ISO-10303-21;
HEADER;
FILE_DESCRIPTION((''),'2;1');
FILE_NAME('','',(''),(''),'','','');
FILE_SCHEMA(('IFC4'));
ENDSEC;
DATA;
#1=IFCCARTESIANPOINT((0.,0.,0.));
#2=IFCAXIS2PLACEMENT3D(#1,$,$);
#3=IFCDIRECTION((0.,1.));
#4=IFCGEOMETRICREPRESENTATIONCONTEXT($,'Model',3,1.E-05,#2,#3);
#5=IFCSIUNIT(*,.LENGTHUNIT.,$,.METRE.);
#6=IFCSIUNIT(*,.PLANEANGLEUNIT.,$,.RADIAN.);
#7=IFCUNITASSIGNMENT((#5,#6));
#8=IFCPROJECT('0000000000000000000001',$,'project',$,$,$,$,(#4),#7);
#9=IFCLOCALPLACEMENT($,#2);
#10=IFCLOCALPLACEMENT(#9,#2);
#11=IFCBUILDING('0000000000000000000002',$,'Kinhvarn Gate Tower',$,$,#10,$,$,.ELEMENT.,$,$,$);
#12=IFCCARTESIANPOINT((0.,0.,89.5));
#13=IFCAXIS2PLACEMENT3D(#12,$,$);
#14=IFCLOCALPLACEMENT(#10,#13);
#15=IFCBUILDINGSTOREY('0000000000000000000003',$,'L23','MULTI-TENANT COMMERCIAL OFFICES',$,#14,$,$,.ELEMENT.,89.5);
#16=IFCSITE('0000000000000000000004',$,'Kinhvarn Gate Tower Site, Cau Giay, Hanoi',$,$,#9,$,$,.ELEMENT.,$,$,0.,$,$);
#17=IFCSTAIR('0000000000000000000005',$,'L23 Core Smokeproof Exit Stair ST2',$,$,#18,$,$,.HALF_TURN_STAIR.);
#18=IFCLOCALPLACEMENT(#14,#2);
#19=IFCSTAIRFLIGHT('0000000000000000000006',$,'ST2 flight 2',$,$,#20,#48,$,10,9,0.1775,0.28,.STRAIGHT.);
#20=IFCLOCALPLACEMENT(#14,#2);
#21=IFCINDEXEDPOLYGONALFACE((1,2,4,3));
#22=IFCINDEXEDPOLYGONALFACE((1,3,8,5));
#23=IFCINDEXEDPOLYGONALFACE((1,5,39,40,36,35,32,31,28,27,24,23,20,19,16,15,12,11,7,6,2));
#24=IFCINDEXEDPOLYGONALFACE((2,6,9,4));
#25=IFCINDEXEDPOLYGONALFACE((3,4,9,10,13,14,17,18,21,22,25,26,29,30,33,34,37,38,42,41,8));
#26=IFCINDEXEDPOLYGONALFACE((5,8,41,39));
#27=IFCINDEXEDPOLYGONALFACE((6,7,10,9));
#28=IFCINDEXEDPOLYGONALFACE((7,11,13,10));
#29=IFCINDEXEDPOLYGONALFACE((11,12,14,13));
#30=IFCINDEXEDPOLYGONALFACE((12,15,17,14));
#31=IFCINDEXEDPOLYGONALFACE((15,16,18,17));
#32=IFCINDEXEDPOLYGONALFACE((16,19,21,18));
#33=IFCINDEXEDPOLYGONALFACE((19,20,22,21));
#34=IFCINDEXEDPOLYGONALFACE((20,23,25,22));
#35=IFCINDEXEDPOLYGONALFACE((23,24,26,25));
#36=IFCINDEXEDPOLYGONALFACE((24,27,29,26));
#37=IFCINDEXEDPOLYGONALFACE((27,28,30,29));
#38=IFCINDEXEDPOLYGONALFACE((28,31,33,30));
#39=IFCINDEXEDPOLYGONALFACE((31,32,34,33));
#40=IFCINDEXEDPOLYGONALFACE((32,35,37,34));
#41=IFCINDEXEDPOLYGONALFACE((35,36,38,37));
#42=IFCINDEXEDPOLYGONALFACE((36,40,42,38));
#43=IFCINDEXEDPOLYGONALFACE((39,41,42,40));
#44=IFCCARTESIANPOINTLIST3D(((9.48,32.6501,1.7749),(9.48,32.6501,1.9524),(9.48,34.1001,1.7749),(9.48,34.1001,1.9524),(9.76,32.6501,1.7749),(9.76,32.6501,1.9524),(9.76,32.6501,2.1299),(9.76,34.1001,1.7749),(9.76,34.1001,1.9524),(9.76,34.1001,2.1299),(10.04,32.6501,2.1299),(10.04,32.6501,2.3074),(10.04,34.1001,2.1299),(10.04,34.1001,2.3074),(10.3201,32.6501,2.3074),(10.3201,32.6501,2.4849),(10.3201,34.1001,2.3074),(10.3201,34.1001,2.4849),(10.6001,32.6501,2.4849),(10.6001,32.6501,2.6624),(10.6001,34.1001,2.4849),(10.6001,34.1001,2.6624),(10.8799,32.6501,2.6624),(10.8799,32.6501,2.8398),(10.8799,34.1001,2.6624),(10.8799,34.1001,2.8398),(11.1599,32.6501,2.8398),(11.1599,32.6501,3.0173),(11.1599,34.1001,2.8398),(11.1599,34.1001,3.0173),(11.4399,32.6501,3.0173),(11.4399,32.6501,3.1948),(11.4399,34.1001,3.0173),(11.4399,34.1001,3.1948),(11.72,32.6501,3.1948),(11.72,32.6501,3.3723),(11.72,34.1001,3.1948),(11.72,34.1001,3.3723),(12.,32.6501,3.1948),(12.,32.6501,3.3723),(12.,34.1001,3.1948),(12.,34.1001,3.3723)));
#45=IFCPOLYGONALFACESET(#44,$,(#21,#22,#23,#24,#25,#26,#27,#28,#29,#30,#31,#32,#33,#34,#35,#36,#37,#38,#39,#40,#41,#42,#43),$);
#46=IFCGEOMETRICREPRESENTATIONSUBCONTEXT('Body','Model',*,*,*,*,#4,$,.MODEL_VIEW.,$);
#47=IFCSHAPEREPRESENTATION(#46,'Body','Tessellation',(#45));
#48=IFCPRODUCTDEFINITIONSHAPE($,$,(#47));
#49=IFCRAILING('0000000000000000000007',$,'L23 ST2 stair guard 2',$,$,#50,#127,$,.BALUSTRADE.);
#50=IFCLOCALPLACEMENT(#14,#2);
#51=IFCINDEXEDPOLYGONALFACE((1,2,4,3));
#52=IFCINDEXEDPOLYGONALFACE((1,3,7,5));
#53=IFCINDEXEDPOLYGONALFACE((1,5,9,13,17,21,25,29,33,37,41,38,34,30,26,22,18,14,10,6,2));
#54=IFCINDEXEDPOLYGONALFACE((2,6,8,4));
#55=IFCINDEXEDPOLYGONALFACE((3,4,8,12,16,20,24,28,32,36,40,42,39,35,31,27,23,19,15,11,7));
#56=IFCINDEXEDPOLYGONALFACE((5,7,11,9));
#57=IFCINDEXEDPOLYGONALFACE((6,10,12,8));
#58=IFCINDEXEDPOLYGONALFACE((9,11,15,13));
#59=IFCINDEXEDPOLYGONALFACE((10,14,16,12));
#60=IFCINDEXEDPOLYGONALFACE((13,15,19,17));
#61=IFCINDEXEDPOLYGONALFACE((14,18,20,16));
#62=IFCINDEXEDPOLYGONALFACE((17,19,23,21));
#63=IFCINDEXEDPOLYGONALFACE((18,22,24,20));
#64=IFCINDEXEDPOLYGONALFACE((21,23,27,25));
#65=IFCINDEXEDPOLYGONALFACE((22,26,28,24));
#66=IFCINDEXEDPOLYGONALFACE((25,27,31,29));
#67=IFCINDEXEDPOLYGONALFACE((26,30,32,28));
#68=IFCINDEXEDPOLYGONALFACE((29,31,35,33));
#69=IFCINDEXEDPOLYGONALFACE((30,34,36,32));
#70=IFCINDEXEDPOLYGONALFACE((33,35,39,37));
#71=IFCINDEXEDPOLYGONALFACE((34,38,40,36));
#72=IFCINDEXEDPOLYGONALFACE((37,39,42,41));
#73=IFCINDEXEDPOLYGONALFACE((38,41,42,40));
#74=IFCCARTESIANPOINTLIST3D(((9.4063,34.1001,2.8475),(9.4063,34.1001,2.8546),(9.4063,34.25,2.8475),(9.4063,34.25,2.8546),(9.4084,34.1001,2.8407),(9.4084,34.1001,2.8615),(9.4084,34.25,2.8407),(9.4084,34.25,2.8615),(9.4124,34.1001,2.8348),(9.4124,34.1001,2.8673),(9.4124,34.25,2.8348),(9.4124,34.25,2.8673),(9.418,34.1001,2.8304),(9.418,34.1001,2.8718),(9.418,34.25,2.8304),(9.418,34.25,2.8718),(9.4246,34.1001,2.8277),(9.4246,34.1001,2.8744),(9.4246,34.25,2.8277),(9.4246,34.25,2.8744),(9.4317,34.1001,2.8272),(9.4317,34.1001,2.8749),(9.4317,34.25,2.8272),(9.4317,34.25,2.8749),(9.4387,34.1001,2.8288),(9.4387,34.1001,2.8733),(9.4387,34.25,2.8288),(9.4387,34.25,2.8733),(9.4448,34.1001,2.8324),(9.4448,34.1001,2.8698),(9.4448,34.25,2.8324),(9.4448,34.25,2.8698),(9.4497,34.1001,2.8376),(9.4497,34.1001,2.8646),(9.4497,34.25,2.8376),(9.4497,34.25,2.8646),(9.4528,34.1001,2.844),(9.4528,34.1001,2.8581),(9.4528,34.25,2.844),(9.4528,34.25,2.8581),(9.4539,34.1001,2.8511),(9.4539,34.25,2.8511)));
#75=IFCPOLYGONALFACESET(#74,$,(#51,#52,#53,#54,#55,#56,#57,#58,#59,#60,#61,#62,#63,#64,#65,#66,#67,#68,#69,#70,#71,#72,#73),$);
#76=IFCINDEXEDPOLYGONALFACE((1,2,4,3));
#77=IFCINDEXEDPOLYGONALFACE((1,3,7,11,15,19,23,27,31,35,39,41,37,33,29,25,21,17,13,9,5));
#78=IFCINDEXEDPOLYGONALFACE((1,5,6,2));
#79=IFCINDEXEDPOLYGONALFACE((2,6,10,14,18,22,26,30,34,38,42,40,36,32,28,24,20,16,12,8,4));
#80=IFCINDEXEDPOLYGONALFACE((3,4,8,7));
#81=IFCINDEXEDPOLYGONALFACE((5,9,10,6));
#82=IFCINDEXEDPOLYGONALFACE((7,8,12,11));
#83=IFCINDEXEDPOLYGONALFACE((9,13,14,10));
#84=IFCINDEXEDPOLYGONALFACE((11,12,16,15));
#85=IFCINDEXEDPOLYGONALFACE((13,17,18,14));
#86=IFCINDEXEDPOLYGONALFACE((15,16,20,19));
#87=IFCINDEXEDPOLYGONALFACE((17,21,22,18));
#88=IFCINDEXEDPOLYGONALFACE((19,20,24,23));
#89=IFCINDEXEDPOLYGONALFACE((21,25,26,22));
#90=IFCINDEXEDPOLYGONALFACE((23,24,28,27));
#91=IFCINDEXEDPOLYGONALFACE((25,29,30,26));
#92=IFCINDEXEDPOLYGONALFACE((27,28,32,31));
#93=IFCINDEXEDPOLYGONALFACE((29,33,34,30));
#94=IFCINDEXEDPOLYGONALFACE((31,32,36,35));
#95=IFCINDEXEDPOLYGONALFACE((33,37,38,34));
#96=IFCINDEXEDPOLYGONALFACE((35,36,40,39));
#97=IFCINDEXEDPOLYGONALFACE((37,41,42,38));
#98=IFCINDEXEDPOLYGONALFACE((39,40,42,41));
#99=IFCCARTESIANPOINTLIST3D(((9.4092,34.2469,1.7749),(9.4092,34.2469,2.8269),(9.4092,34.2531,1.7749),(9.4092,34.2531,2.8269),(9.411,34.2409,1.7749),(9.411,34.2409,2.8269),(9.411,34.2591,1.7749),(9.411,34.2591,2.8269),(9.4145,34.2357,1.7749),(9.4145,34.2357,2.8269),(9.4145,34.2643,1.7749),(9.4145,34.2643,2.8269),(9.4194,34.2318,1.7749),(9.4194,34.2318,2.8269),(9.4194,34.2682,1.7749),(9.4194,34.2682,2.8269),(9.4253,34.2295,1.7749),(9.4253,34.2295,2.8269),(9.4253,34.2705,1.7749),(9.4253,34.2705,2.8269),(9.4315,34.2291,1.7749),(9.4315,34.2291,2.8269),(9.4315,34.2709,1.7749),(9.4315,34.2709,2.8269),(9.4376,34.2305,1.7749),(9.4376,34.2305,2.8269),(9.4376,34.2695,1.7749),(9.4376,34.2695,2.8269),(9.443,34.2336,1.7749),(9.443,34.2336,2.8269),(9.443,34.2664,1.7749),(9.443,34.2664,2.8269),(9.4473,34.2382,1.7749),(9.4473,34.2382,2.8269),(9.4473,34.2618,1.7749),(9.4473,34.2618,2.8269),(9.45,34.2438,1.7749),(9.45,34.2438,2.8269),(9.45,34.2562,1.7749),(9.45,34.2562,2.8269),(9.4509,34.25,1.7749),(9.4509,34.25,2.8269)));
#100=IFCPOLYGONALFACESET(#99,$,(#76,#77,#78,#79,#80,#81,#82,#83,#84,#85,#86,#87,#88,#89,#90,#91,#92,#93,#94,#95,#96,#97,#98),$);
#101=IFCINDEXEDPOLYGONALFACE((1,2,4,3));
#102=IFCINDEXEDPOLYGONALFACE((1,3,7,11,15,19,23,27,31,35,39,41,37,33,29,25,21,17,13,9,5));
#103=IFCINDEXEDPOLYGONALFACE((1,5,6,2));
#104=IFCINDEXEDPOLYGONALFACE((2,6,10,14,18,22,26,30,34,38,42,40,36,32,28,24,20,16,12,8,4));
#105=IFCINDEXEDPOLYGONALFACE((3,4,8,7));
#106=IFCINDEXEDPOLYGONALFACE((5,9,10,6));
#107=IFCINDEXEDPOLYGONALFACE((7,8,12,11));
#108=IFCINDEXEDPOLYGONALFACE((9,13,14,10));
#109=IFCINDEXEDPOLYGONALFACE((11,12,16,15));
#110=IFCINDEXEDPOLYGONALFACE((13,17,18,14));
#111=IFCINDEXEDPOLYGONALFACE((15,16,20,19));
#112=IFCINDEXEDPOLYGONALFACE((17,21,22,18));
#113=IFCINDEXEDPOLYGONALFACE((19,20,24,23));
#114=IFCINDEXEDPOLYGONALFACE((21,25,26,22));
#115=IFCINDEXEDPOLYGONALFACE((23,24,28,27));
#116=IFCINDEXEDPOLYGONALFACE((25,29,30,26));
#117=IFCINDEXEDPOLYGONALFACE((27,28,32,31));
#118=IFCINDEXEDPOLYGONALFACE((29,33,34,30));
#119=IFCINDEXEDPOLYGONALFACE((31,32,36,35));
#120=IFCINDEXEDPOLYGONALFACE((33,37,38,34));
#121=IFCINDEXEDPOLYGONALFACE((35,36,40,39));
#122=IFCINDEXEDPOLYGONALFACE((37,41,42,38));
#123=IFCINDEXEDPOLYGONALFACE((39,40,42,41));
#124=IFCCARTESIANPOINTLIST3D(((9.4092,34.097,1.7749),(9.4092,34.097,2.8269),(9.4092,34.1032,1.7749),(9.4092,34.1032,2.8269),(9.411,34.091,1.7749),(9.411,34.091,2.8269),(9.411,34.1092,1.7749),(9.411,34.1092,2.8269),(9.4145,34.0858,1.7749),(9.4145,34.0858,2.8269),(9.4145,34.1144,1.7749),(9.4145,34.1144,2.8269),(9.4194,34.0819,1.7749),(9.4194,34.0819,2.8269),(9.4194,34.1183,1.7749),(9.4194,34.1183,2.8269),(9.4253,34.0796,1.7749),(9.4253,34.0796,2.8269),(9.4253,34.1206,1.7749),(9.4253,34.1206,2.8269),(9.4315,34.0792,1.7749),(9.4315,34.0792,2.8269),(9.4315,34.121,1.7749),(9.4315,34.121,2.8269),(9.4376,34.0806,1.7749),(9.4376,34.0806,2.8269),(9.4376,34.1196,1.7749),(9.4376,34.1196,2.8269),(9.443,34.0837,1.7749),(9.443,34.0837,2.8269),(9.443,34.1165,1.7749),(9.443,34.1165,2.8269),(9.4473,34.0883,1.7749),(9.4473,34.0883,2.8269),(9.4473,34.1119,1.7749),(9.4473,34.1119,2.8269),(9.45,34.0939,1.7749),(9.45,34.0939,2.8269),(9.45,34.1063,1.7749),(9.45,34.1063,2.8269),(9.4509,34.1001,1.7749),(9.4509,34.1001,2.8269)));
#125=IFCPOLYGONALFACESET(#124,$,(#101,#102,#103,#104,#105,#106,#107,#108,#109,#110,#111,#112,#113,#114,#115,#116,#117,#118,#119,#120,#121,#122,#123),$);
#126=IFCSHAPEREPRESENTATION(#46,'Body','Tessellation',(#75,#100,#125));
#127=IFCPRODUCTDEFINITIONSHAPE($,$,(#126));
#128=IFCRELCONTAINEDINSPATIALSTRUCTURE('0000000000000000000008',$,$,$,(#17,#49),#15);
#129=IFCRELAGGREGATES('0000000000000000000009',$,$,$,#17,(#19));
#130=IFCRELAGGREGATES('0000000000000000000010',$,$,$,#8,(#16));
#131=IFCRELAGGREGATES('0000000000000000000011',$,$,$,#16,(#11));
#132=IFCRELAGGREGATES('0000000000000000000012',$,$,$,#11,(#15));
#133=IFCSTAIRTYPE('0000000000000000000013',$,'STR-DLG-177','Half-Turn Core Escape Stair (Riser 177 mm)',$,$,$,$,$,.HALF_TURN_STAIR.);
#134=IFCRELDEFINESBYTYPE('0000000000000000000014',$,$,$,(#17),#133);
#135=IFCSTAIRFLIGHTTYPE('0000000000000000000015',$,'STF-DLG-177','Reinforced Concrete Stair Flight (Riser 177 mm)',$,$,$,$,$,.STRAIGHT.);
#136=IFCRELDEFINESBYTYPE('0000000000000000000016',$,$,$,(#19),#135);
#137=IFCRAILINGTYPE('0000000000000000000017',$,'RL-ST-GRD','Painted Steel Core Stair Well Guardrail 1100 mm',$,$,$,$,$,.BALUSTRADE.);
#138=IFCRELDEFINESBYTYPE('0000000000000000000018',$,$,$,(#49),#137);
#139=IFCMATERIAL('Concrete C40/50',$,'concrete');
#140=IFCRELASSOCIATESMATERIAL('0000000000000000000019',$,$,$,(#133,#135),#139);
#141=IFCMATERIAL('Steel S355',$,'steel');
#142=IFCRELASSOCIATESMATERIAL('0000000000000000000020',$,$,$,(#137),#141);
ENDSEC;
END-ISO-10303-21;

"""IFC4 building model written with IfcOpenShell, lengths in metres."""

from ifc_helpers import new_model, si_unit, direction, frame, origin, origin_2d, place, context, subcontext, project, spatial, polyline, circle, outline, extrude, material, type_object, element, aggregate, save


model = new_model("IFC4")

# Units and contexts
model_context = context("Model", 3, precision=1e-05, world=origin(), true_north=direction((0.0, 1.0)))
body_context = subcontext(model_context, "Body", "Model", "MODEL_VIEW")
ifc_project = project(units=[si_unit("LENGTHUNIT", "METRE"), si_unit("PLANEANGLEUNIT", "RADIAN")], contexts=[model_context])

# Site, building, storey
site_placement = place(None, origin())
site = spatial("IfcSite", under=ifc_project, at=site_placement, Name="Kinhvarn Gate Tower Site, Cau Giay, Hanoi", CompositionType="ELEMENT", RefElevation=0.0)
building_placement = place(site_placement, origin())
building = spatial("IfcBuilding", under=site, at=building_placement, Name="Kinhvarn Gate Tower", CompositionType="ELEMENT")
storey_placement = place(building_placement, frame((0.0, 0.0, 89.5)))
storey = spatial("IfcBuildingStorey", under=building, at=storey_placement, Name="L23", Description="MULTI-TENANT COMMERCIAL OFFICES", CompositionType="ELEMENT", Elevation=89.5)

# Shared definitions
ifc_material_1 = material(Name="Steel S355", Category="steel")

# Shared definitions
ifc_material_2 = material(Name="Concrete C40/50", Category="concrete")

# Stair, stair flight
stair_type = type_object("IfcStairType", Name="STR-DLG-177", Description="Half-Turn Core Escape Stair (Riser 177 mm)", PredefinedType="HALF_TURN_STAIR", material=ifc_material_2)
stair_placement = place(storey_placement, origin())
stair = element("IfcStair", 1, at=stair_placement, inside=storey, type_object=stair_type, Name="L23 Core Smokeproof Exit Stair ST2", PredefinedType="HALF_TURN_STAIR")
stair_flight_type = type_object("IfcStairFlightType", Name="STF-DLG-177", Description="Reinforced Concrete Stair Flight (Riser 177 mm)", PredefinedType="STRAIGHT", material=ifc_material_2)
stair_flight_placement = place(storey_placement, frame((9.48, 33.375, 1.7749), z_axis=(0.0, 0.0, 1.0), x_axis=(1.0, 0.0, 0.0)))
stair_flight = element("IfcStairFlight", 2, at=stair_flight_placement, type_object=stair_flight_type, Name="ST2 flight 2", NumberOfRisers=10, NumberOfTreads=9, PredefinedType="STRAIGHT", RiserHeight=0.1775, TreadLength=0.28, context=body_context, shape_type="SweptSolid", body=[
    extrude(outline(polyline([(0.0, 0.0), (0.0, 0.1775), (0.28, 0.1775), (0.28, 0.355), (0.5601, 0.355), (0.5601, 0.5325), (0.8401, 0.5325), (0.8401, 0.71), (1.1201, 0.71), (1.1201, 0.8875), (1.3999, 0.8875), (1.3999, 1.0649), (1.6799, 1.0649), (1.6799, 1.2424), (1.96, 1.2424), (1.96, 1.4199), (2.24, 1.4199), (2.24, 1.5974), (2.52, 1.5974), (2.52, 1.7749), (2.52, 1.4199), (0.28, 0.0), (0.0, 0.0)])), frame((0.0, 0.7251, 0.0), z_axis=(0.0, -1.0, 0.0), x_axis=(1.0, 0.0, 0.0)), (0.0, 0.0, 1.0), 1.45),
])
aggregate(stair, [stair_flight])

# Railing
railing_type_1 = type_object("IfcRailingType", Name="RL-ST-GRD", Description="Painted Steel Core Stair Well Guardrail 1100 mm", PredefinedType="BALUSTRADE", material=ifc_material_1)
railing_1_placement = place(storey_placement, frame((9.4299, 34.25, 1.7749)))
element("IfcRailing", 3, at=railing_1_placement, inside=storey, type_object=railing_type_1, Name="L23 ST2 stair guard 2", PredefinedType="BALUSTRADE", context=body_context, shape_type="SweptSolid", body=[
    extrude(circle(Radius=0.0239, at=origin_2d()), frame((0.0, 0.0, 1.0762), z_axis=(0.0, -1.0, 0.0), x_axis=(1.0, 0.0, 0.0)), (0.0, 0.0, 1.0), 0.1499),
    extrude(circle(Radius=0.021, at=origin_2d()), origin(), (0.0, 0.0, 1.0), 1.052),
    extrude(circle(Radius=0.021, at=origin_2d()), frame((0.0, -0.1499, 0.0)), (0.0, 0.0, 1.0), 1.052),
])

save(model, "model.ifc")
